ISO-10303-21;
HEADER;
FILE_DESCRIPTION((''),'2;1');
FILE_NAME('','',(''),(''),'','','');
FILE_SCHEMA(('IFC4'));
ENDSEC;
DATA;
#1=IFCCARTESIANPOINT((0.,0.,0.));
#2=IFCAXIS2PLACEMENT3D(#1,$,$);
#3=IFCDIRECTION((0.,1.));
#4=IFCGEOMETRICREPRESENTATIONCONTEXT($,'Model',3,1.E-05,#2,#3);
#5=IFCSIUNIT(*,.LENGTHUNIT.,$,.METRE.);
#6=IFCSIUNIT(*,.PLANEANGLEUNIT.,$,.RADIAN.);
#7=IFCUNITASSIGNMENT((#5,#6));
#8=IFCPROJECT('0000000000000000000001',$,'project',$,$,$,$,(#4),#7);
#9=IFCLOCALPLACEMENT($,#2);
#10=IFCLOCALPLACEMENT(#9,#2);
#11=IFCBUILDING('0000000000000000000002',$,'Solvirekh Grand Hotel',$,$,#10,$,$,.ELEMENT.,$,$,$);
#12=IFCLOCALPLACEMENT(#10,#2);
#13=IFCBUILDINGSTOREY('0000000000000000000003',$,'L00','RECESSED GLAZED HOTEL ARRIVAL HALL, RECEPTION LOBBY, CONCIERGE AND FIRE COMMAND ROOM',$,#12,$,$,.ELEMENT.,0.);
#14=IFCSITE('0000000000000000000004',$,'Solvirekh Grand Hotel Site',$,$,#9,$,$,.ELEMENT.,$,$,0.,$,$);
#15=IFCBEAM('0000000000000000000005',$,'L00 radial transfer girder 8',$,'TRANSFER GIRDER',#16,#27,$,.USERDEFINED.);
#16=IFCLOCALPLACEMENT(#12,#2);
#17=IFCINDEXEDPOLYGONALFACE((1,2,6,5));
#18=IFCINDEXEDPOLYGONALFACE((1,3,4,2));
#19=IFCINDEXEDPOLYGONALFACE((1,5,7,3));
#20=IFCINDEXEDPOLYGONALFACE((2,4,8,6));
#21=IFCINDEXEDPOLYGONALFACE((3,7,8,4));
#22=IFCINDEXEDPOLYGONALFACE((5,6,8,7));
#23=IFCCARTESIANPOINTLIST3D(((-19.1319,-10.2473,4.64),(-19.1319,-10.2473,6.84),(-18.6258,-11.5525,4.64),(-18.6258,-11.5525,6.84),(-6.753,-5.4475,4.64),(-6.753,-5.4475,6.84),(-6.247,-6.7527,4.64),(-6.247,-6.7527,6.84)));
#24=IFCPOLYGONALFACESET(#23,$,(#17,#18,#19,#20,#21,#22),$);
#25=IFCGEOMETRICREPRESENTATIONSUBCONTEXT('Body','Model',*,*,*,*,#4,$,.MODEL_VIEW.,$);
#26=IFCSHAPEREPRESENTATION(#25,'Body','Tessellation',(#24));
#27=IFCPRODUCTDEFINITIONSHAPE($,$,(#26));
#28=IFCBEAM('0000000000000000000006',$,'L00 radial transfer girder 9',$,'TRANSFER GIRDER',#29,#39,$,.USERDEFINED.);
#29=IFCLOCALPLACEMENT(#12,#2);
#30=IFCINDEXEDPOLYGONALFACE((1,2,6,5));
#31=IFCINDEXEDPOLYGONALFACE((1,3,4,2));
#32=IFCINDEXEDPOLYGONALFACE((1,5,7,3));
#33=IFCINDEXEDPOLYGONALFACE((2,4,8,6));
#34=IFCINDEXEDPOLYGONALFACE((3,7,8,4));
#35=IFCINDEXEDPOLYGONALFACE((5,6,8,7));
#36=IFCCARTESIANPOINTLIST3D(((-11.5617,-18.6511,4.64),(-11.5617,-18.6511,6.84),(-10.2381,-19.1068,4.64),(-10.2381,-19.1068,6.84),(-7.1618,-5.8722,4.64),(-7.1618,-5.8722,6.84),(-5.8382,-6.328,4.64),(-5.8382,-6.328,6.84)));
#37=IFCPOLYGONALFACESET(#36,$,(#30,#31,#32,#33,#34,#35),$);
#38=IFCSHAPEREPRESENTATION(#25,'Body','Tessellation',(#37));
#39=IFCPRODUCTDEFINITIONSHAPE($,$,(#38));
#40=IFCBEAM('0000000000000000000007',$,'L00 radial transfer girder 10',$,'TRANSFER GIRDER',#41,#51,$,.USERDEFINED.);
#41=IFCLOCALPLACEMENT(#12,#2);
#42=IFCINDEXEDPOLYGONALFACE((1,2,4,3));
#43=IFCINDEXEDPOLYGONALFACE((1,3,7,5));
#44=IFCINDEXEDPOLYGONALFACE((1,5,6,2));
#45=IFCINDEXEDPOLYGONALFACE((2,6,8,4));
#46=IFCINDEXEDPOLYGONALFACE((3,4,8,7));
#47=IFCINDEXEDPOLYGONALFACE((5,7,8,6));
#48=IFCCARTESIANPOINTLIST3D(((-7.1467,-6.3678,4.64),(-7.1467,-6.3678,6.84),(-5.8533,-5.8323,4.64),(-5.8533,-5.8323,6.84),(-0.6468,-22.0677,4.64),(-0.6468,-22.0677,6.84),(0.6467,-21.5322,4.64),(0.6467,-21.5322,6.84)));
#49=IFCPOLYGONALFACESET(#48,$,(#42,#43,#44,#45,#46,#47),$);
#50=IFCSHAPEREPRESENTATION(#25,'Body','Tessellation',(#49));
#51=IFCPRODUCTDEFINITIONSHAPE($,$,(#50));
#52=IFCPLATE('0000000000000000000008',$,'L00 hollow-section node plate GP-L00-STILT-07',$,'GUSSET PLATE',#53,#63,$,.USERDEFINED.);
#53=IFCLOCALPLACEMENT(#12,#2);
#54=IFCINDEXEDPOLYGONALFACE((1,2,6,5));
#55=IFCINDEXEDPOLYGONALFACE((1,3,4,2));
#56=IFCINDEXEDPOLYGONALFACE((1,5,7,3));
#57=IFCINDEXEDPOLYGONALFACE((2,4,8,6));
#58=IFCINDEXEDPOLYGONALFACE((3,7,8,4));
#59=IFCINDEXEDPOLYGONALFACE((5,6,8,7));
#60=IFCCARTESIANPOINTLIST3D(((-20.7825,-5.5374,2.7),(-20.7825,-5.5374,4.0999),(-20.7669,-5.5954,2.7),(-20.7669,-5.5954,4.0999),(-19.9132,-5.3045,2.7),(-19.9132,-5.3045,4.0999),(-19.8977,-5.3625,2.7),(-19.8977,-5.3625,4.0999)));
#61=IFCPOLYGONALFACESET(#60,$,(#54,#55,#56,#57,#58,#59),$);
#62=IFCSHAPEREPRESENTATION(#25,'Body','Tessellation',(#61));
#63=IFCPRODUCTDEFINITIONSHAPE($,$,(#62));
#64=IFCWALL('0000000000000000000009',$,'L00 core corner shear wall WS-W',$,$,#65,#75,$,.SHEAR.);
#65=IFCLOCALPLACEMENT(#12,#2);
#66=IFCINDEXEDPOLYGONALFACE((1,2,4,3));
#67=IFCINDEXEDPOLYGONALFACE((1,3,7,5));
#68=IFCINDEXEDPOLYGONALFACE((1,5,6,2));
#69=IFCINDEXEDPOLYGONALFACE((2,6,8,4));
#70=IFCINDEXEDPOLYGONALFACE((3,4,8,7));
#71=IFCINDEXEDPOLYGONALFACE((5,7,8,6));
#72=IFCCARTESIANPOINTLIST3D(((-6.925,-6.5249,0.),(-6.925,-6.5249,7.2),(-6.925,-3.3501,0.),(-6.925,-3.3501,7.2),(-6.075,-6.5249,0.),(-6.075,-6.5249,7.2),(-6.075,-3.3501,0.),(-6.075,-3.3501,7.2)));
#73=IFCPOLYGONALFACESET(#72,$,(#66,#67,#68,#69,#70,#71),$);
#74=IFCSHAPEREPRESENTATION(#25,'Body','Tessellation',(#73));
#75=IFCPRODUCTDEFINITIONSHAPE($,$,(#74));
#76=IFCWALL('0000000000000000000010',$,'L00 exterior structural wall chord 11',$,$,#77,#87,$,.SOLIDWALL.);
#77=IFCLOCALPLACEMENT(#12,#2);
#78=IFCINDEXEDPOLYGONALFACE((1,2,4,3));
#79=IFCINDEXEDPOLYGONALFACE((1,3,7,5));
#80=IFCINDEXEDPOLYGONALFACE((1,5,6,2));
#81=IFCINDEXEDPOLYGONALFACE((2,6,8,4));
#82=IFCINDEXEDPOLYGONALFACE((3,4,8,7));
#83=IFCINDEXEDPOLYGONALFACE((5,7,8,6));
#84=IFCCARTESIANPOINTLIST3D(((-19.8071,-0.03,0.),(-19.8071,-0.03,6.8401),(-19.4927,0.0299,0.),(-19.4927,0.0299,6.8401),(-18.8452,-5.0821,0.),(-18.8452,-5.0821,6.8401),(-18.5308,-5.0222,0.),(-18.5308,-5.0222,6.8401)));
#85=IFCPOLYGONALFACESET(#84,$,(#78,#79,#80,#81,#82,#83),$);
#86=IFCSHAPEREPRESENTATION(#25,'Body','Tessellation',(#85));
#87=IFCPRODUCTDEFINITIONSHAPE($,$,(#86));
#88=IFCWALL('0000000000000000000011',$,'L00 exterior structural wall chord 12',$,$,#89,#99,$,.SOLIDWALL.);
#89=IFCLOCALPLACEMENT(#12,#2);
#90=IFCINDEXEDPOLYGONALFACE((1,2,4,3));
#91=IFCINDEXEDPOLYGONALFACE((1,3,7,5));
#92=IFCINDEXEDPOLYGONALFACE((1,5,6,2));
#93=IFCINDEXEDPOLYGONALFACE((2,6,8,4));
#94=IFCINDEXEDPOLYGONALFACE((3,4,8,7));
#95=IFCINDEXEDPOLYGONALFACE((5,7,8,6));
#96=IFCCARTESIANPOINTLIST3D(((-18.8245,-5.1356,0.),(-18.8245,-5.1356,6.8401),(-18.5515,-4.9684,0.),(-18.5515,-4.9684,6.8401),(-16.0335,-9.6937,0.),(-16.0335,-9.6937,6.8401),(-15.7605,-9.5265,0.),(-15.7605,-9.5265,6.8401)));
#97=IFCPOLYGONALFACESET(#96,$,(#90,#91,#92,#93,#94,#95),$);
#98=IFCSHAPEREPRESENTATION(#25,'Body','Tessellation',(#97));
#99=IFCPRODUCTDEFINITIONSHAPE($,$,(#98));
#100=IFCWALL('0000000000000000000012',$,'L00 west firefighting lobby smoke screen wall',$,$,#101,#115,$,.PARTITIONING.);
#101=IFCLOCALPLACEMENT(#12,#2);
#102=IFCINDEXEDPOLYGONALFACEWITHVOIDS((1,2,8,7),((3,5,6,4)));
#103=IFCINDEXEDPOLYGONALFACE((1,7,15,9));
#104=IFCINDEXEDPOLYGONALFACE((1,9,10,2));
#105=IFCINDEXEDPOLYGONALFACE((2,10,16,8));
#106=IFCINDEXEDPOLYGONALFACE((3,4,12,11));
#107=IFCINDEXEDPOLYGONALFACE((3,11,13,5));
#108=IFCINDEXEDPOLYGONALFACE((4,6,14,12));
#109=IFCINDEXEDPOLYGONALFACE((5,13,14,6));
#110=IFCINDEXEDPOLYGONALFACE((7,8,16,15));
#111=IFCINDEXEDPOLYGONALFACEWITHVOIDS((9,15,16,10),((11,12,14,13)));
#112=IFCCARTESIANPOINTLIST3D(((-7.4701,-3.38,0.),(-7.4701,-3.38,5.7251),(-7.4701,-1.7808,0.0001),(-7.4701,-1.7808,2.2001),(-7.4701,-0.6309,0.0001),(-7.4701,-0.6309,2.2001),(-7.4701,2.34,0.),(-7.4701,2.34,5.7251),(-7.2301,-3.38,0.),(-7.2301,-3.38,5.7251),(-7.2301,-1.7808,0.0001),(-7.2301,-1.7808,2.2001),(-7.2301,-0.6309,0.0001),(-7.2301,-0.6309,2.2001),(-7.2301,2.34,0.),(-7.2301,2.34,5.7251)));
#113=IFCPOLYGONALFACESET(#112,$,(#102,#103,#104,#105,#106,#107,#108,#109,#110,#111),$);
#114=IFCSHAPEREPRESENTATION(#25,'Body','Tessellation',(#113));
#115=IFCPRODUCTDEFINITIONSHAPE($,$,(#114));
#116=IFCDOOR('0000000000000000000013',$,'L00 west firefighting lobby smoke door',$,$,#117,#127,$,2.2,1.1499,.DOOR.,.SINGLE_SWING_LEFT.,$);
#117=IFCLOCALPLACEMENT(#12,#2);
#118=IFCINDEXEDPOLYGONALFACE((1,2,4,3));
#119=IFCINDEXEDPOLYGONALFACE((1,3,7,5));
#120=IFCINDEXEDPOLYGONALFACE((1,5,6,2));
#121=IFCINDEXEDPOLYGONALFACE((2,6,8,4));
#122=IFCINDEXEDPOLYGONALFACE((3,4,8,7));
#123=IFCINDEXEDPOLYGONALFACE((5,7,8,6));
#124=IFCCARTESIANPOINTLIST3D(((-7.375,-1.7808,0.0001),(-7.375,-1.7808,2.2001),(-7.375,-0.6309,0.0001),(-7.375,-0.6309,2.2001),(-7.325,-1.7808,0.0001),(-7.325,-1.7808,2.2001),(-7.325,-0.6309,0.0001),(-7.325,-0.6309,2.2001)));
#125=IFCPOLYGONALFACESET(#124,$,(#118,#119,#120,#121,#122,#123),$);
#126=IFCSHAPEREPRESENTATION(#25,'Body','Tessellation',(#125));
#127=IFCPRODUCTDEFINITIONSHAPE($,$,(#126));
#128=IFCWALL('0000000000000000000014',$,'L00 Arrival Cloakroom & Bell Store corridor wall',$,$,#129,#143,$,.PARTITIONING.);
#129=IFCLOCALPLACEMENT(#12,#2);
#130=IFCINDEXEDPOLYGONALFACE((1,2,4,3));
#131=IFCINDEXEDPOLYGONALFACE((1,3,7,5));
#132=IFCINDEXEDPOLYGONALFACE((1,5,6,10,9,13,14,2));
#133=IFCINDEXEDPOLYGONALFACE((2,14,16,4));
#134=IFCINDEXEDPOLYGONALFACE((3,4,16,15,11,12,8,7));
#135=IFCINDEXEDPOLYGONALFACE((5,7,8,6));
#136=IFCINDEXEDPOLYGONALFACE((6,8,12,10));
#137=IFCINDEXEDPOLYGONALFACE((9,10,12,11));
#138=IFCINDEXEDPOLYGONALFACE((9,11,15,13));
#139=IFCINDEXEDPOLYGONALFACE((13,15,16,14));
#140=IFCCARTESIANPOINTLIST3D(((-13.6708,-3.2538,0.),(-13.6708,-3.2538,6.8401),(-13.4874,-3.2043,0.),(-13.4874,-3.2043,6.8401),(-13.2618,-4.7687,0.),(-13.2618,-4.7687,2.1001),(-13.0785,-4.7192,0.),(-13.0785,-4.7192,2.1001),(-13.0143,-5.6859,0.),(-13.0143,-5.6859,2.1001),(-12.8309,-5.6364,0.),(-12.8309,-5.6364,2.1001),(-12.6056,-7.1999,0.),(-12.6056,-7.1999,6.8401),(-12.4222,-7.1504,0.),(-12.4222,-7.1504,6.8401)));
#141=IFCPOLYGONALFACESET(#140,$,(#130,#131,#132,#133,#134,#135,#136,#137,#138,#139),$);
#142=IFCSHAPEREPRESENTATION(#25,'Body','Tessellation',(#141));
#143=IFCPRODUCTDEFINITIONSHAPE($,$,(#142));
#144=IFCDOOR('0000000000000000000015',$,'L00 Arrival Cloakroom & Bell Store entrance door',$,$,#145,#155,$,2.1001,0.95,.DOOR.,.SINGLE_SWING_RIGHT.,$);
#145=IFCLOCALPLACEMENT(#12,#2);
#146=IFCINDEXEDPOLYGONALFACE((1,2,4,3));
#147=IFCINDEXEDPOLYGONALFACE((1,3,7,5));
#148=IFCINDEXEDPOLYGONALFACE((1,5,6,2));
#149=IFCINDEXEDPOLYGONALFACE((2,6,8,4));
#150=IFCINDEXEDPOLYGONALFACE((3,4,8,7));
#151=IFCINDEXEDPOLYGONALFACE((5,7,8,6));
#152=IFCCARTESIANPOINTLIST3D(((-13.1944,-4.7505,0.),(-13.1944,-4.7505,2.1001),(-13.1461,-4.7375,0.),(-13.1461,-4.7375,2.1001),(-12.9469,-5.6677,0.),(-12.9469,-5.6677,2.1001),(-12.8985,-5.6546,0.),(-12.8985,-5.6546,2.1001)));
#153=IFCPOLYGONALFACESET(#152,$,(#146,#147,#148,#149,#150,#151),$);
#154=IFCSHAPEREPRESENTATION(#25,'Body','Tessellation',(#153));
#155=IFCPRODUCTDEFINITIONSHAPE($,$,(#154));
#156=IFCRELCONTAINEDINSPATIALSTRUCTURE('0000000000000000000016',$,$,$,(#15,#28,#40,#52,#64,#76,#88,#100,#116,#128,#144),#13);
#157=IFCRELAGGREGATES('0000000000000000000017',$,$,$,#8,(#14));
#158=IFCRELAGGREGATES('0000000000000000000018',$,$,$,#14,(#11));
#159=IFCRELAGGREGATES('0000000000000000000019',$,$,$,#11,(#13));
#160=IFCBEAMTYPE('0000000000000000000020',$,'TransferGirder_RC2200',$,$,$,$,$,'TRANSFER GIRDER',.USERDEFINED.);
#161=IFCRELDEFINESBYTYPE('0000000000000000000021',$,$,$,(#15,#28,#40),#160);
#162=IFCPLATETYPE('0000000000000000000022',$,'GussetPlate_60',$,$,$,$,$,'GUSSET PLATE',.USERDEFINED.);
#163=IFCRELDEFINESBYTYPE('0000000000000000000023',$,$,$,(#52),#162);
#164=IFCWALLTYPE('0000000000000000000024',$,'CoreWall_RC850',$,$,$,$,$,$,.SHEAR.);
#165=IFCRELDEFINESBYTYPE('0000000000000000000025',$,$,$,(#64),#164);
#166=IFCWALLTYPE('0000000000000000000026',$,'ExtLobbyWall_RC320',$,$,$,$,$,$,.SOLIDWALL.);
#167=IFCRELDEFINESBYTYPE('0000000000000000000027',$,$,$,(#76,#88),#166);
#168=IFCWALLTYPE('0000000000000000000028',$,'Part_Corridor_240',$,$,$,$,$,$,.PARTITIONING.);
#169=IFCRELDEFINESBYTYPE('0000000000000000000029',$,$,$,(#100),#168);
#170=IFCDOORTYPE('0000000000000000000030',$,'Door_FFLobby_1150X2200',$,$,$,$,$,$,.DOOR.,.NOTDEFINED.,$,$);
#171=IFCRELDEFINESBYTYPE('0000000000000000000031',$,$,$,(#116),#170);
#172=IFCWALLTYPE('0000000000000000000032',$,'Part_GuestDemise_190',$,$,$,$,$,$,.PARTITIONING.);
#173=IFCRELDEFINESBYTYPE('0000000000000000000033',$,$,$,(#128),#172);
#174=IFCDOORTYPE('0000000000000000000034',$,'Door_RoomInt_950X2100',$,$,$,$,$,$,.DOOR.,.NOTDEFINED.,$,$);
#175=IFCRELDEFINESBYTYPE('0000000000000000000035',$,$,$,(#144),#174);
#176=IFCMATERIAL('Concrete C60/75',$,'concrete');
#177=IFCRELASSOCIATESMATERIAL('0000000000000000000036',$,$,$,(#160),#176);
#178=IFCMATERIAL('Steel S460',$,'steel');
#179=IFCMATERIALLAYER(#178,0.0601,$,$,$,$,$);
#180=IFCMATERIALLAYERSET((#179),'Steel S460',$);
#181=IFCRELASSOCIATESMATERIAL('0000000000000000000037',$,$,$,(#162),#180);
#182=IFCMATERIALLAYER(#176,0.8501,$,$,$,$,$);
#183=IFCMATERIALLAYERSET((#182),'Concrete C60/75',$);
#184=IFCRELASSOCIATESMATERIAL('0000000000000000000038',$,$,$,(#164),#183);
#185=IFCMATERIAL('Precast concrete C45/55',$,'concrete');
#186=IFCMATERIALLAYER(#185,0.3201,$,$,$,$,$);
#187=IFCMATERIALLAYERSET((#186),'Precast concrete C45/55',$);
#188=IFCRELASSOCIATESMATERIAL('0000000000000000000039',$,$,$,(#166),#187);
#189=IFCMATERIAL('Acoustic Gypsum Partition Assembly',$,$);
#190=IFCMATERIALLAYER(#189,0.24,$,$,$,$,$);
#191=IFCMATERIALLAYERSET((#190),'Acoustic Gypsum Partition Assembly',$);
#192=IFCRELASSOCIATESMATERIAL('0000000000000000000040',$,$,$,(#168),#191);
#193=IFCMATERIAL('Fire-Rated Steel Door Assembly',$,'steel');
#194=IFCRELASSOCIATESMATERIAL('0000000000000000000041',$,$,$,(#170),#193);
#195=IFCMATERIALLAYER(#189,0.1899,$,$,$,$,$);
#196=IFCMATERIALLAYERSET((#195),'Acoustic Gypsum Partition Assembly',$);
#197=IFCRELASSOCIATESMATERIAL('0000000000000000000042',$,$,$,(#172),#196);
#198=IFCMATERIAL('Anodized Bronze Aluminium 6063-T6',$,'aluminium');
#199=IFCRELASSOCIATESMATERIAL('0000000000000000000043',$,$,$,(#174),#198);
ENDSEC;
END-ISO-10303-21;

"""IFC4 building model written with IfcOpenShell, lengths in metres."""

from ifc_helpers import new_model, si_unit, direction, frame, frame_2d, origin, origin_2d, place, context, subcontext, project, spatial, rectangle, extrude, material, layer, layer_set, material_profile, profile_set, type_object, element, fill, save


model = new_model("IFC4")

# Units and contexts
model_context = context("Model", 3, precision=1e-05, world=origin(), true_north=direction((0.0, 1.0)))
body_context = subcontext(model_context, "Body", "Model", "MODEL_VIEW")
ifc_project = project(units=[si_unit("LENGTHUNIT", "METRE"), si_unit("PLANEANGLEUNIT", "RADIAN")], contexts=[model_context])

# Site, building, storey
site_placement = place(None, origin())
site = spatial("IfcSite", under=ifc_project, at=site_placement, Name="Solvirekh Grand Hotel Site", CompositionType="ELEMENT", RefElevation=0.0)
building_placement = place(site_placement, origin())
building = spatial("IfcBuilding", under=site, at=building_placement, Name="Solvirekh Grand Hotel", CompositionType="ELEMENT")
storey_placement = place(building_placement, origin())
storey = spatial("IfcBuildingStorey", under=building, at=storey_placement, Name="L00", Description="RECESSED GLAZED HOTEL ARRIVAL HALL, RECEPTION LOBBY, CONCIERGE AND FIRE COMMAND ROOM", CompositionType="ELEMENT", Elevation=0.0)

# Shared definitions
ifc_material_1 = material(Name="Concrete C60/75", Category="concrete")

# Shared definitions
ifc_material_2 = material(Name="Steel S460", Category="steel")

# Shared definitions
ifc_material_3 = material(Name="Precast concrete C45/55", Category="concrete")

# Beams
ifc_material_profile_1 = material_profile(ifc_material_1, rectangle(XDim=1.3999, YDim=2.2, at=origin_2d()), Name="RC GIRDER 1400X2200")
ifc_profile_set_1 = profile_set([ifc_material_profile_1], Name="Concrete C60/75")
beam_type_1 = type_object("IfcBeamType", Name="TransferGirder_RC2200", ElementType="TRANSFER GIRDER", PredefinedType="USERDEFINED", material=ifc_profile_set_1)
beam_1_placement = place(storey_placement, frame((-6.5, -6.1001, 5.74), z_axis=(-0.932366, -0.361516, 0.0), x_axis=(0.361516, -0.932366, 0.0)))
element("IfcBeam", 1, at=beam_1_placement, inside=storey, type_object=beam_type_1, Name="L00 radial transfer girder 8", ObjectType="TRANSFER GIRDER", PredefinedType="USERDEFINED", context=body_context, shape_type="SweptSolid", body=[
    extrude(rectangle(XDim=1.3999, YDim=2.2, at=origin_2d()), origin(), (0.0, 0.0, 1.0), 13.2769),
])
beam_2_placement = place(storey_placement, frame((-6.5, -6.1001, 5.74), z_axis=(-0.325555, -0.945523, 0.0), x_axis=(0.945523, -0.325555, 0.0)))
element("IfcBeam", 2, at=beam_2_placement, inside=storey, type_object=beam_type_1, Name="L00 radial transfer girder 9", ObjectType="TRANSFER GIRDER", PredefinedType="USERDEFINED", context=body_context, shape_type="SweptSolid", body=[
    extrude(rectangle(XDim=1.3999, YDim=2.2, at=origin_2d()), origin(), (0.0, 0.0, 1.0), 13.5151),
])
beam_3_placement = place(storey_placement, frame((-6.5, -6.1001, 5.74), z_axis=(0.382526, -0.923945, 0.0), x_axis=(0.923945, 0.382526, 0.0)))
element("IfcBeam", 3, at=beam_3_placement, inside=storey, type_object=beam_type_1, Name="L00 radial transfer girder 10", ObjectType="TRANSFER GIRDER", PredefinedType="USERDEFINED", context=body_context, shape_type="SweptSolid", body=[
    extrude(rectangle(XDim=1.3999, YDim=2.2, at=origin_2d()), origin(), (0.0, 0.0, 1.0), 16.9922),
])

# Plate
ifc_layer_1 = layer(ifc_material_2, 0.0601)
ifc_layer_set_1 = layer_set([ifc_layer_1], Name="Steel S460")
plate_type = type_object("IfcPlateType", Name="GussetPlate_60", ElementType="GUSSET PLATE", PredefinedType="USERDEFINED", material=ifc_layer_set_1)
plate_placement = place(storey_placement, frame((-20.3401, -5.45, 2.7), z_axis=(0.0, 0.0, 1.0), x_axis=(0.258819, -0.965926, 0.0)))
element("IfcPlate", 4, at=plate_placement, inside=storey, type_object=plate_type, Name="L00 hollow-section node plate GP-L00-STILT-07", ObjectType="GUSSET PLATE", PredefinedType="USERDEFINED", context=body_context, shape_type="SweptSolid", body=[
    extrude(rectangle(XDim=0.0601, YDim=0.8999, at=origin_2d()), origin(), (0.0, 0.0, 1.0), 1.3999),
])

# Walls
ifc_layer_2 = layer(ifc_material_1, 0.8501)
ifc_layer_set_2 = layer_set([ifc_layer_2], Name="Concrete C60/75")
wall_type_1 = type_object("IfcWallType", Name="CoreWall_RC850", PredefinedType="SHEAR", material=ifc_layer_set_2)
wall_1_placement = place(storey_placement, frame((-6.5, -6.5249, 0.0), z_axis=(0.0, 0.0, 1.0), x_axis=(0.0, 1.0, 0.0)))
element("IfcWall", 5, at=wall_1_placement, inside=storey, type_object=wall_type_1, Name="L00 core corner shear wall WS-W", PredefinedType="SHEAR", context=body_context, shape_type="SweptSolid", body=[
    extrude(rectangle(XDim=3.1748, YDim=0.8501, at=frame_2d((1.5874, 0.0))), origin(), (0.0, 0.0, 1.0), 7.2),
])
ifc_layer_3 = layer(ifc_material_3, 0.3201)
ifc_layer_set_3 = layer_set([ifc_layer_3], Name="Precast concrete C45/55")
wall_type_2 = type_object("IfcWallType", Name="ExtLobbyWall_RC320", PredefinedType="SOLIDWALL", material=ifc_layer_set_3)
wall_2_placement = place(storey_placement, frame((-18.688, -5.052, 0.0), z_axis=(0.0, 0.0, 1.0), x_axis=(-0.187042, 0.982352, 0.0)))
element("IfcWall", 6, at=wall_2_placement, inside=storey, type_object=wall_type_2, Name="L00 exterior structural wall chord 11", PredefinedType="SOLIDWALL", context=body_context, shape_type="SweptSolid", body=[
    extrude(rectangle(XDim=5.1428, YDim=0.3201, at=frame_2d((2.5713, 0.0))), origin(), (0.0, 0.0, 1.0), 6.8401),
])
wall_3_placement = place(storey_placement, frame((-15.897, -9.6101, 0.0), z_axis=(0.0, 0.0, 1.0), x_axis=(-0.5222, 0.852823, 0.0)))
element("IfcWall", 7, at=wall_3_placement, inside=storey, type_object=wall_type_2, Name="L00 exterior structural wall chord 12", PredefinedType="SOLIDWALL", context=body_context, shape_type="SweptSolid", body=[
    extrude(rectangle(XDim=5.3447, YDim=0.3201, at=frame_2d((2.6724, 0.0))), origin(), (0.0, 0.0, 1.0), 6.8401),
])

# Walls, openings, doors
ifc_material_4 = material(Name="Acoustic Gypsum Partition Assembly")
ifc_layer_4 = layer(ifc_material_4, 0.24)
ifc_layer_set_4 = layer_set([ifc_layer_4], Name="Acoustic Gypsum Partition Assembly")
wall_type_3 = type_object("IfcWallType", Name="Part_Corridor_240", PredefinedType="PARTITIONING", material=ifc_layer_set_4)
wall_4_placement = place(storey_placement, frame((-7.3501, -3.3799, 0.0), z_axis=(0.0, 0.0, 1.0), x_axis=(0.0, 1.0, 0.0)))
wall_4 = element("IfcWall", 8, at=wall_4_placement, inside=storey, type_object=wall_type_3, Name="L00 west firefighting lobby smoke screen wall", PredefinedType="PARTITIONING", context=body_context, shape_type="SweptSolid", body=[
    extrude(rectangle(XDim=5.72, YDim=0.24, at=frame_2d((2.8599, 0.0))), origin(), (0.0, 0.0, 1.0), 5.7251),
])
opening_1_placement = place(wall_4_placement, frame((1.5991, 0.0, 0.0)))
opening_1 = element("IfcOpeningElement", 9, at=opening_1_placement, cuts=wall_4, PredefinedType="OPENING", context=body_context, shape_type="SweptSolid", body=[
    extrude(rectangle(XDim=1.1499, YDim=2.2, at=frame_2d((0.575, 1.1001))), frame((0.0, 0.1299, 0.0), z_axis=(0.0, -1.0, 0.0), x_axis=(1.0, 0.0, 0.0)), (0.0, 0.0, 1.0), 0.26),
])
ifc_material_5 = material(Name="Fire-Rated Steel Door Assembly", Category="steel")
door_type_1 = type_object("IfcDoorType", Name="Door_FFLobby_1150X2200", OperationType="NOTDEFINED", PredefinedType="DOOR", material=ifc_material_5)
door_1_placement = place(opening_1_placement, origin())
door_1 = element("IfcDoor", 10, at=door_1_placement, inside=storey, type_object=door_type_1, Name="L00 west firefighting lobby smoke door", OperationType="SINGLE_SWING_LEFT", OverallHeight=2.2, OverallWidth=1.1499, PredefinedType="DOOR", context=body_context, shape_type="SweptSolid", body=[
    extrude(rectangle(XDim=1.1499, YDim=2.2, at=frame_2d((0.575, 1.1001))), frame((0.0, 0.0249, 0.0), z_axis=(0.0, -1.0, 0.0), x_axis=(1.0, 0.0, 0.0)), (0.0, 0.0, 1.0), 0.05),
])
fill(opening_1, door_1)
ifc_layer_5 = layer(ifc_material_4, 0.1899)
ifc_layer_set_5 = layer_set([ifc_layer_5], Name="Acoustic Gypsum Partition Assembly")
wall_type_4 = type_object("IfcWallType", Name="Part_GuestDemise_190", PredefinedType="PARTITIONING", material=ifc_layer_set_5)
wall_5_placement = place(storey_placement, frame((-13.5791, -3.229, 0.0), z_axis=(0.0, 0.0, 1.0), x_axis=(0.26061, -0.965444, 0.0)))
wall_5 = element("IfcWall", 11, at=wall_5_placement, inside=storey, type_object=wall_type_4, Name="L00 Arrival Cloakroom & Bell Store corridor wall", PredefinedType="PARTITIONING", context=body_context, shape_type="SweptSolid", body=[
    extrude(rectangle(XDim=4.0874, YDim=0.1899, at=frame_2d((2.0437, 0.0))), origin(), (0.0, 0.0, 1.0), 6.8401),
])
opening_2_placement = place(wall_5_placement, frame((1.5691, 0.0, 0.0)))
opening_2 = element("IfcOpeningElement", 12, at=opening_2_placement, cuts=wall_5, PredefinedType="OPENING", context=body_context, shape_type="SweptSolid", body=[
    extrude(rectangle(XDim=0.95, YDim=2.1001, at=frame_2d((0.4751, 1.05))), frame((0.0, 0.105, 0.0), z_axis=(0.0, -1.0, 0.0), x_axis=(1.0, 0.0, 0.0)), (0.0, 0.0, 1.0), 0.21),
])
ifc_material_6 = material(Name="Anodized Bronze Aluminium 6063-T6", Category="aluminium")
door_type_2 = type_object("IfcDoorType", Name="Door_RoomInt_950X2100", OperationType="NOTDEFINED", PredefinedType="DOOR", material=ifc_material_6)
door_2_placement = place(opening_2_placement, origin())
door_2 = element("IfcDoor", 13, at=door_2_placement, inside=storey, type_object=door_type_2, Name="L00 Arrival Cloakroom & Bell Store entrance door", OperationType="SINGLE_SWING_RIGHT", OverallHeight=2.1001, OverallWidth=0.95, PredefinedType="DOOR", context=body_context, shape_type="SweptSolid", body=[
    extrude(rectangle(XDim=0.95, YDim=2.1001, at=frame_2d((0.4751, 1.05))), frame((0.0, 0.0249, 0.0), z_axis=(0.0, -1.0, 0.0), x_axis=(1.0, 0.0, 0.0)), (0.0, 0.0, 1.0), 0.05),
])
fill(opening_2, door_2)

save(model, "model.ifc")
